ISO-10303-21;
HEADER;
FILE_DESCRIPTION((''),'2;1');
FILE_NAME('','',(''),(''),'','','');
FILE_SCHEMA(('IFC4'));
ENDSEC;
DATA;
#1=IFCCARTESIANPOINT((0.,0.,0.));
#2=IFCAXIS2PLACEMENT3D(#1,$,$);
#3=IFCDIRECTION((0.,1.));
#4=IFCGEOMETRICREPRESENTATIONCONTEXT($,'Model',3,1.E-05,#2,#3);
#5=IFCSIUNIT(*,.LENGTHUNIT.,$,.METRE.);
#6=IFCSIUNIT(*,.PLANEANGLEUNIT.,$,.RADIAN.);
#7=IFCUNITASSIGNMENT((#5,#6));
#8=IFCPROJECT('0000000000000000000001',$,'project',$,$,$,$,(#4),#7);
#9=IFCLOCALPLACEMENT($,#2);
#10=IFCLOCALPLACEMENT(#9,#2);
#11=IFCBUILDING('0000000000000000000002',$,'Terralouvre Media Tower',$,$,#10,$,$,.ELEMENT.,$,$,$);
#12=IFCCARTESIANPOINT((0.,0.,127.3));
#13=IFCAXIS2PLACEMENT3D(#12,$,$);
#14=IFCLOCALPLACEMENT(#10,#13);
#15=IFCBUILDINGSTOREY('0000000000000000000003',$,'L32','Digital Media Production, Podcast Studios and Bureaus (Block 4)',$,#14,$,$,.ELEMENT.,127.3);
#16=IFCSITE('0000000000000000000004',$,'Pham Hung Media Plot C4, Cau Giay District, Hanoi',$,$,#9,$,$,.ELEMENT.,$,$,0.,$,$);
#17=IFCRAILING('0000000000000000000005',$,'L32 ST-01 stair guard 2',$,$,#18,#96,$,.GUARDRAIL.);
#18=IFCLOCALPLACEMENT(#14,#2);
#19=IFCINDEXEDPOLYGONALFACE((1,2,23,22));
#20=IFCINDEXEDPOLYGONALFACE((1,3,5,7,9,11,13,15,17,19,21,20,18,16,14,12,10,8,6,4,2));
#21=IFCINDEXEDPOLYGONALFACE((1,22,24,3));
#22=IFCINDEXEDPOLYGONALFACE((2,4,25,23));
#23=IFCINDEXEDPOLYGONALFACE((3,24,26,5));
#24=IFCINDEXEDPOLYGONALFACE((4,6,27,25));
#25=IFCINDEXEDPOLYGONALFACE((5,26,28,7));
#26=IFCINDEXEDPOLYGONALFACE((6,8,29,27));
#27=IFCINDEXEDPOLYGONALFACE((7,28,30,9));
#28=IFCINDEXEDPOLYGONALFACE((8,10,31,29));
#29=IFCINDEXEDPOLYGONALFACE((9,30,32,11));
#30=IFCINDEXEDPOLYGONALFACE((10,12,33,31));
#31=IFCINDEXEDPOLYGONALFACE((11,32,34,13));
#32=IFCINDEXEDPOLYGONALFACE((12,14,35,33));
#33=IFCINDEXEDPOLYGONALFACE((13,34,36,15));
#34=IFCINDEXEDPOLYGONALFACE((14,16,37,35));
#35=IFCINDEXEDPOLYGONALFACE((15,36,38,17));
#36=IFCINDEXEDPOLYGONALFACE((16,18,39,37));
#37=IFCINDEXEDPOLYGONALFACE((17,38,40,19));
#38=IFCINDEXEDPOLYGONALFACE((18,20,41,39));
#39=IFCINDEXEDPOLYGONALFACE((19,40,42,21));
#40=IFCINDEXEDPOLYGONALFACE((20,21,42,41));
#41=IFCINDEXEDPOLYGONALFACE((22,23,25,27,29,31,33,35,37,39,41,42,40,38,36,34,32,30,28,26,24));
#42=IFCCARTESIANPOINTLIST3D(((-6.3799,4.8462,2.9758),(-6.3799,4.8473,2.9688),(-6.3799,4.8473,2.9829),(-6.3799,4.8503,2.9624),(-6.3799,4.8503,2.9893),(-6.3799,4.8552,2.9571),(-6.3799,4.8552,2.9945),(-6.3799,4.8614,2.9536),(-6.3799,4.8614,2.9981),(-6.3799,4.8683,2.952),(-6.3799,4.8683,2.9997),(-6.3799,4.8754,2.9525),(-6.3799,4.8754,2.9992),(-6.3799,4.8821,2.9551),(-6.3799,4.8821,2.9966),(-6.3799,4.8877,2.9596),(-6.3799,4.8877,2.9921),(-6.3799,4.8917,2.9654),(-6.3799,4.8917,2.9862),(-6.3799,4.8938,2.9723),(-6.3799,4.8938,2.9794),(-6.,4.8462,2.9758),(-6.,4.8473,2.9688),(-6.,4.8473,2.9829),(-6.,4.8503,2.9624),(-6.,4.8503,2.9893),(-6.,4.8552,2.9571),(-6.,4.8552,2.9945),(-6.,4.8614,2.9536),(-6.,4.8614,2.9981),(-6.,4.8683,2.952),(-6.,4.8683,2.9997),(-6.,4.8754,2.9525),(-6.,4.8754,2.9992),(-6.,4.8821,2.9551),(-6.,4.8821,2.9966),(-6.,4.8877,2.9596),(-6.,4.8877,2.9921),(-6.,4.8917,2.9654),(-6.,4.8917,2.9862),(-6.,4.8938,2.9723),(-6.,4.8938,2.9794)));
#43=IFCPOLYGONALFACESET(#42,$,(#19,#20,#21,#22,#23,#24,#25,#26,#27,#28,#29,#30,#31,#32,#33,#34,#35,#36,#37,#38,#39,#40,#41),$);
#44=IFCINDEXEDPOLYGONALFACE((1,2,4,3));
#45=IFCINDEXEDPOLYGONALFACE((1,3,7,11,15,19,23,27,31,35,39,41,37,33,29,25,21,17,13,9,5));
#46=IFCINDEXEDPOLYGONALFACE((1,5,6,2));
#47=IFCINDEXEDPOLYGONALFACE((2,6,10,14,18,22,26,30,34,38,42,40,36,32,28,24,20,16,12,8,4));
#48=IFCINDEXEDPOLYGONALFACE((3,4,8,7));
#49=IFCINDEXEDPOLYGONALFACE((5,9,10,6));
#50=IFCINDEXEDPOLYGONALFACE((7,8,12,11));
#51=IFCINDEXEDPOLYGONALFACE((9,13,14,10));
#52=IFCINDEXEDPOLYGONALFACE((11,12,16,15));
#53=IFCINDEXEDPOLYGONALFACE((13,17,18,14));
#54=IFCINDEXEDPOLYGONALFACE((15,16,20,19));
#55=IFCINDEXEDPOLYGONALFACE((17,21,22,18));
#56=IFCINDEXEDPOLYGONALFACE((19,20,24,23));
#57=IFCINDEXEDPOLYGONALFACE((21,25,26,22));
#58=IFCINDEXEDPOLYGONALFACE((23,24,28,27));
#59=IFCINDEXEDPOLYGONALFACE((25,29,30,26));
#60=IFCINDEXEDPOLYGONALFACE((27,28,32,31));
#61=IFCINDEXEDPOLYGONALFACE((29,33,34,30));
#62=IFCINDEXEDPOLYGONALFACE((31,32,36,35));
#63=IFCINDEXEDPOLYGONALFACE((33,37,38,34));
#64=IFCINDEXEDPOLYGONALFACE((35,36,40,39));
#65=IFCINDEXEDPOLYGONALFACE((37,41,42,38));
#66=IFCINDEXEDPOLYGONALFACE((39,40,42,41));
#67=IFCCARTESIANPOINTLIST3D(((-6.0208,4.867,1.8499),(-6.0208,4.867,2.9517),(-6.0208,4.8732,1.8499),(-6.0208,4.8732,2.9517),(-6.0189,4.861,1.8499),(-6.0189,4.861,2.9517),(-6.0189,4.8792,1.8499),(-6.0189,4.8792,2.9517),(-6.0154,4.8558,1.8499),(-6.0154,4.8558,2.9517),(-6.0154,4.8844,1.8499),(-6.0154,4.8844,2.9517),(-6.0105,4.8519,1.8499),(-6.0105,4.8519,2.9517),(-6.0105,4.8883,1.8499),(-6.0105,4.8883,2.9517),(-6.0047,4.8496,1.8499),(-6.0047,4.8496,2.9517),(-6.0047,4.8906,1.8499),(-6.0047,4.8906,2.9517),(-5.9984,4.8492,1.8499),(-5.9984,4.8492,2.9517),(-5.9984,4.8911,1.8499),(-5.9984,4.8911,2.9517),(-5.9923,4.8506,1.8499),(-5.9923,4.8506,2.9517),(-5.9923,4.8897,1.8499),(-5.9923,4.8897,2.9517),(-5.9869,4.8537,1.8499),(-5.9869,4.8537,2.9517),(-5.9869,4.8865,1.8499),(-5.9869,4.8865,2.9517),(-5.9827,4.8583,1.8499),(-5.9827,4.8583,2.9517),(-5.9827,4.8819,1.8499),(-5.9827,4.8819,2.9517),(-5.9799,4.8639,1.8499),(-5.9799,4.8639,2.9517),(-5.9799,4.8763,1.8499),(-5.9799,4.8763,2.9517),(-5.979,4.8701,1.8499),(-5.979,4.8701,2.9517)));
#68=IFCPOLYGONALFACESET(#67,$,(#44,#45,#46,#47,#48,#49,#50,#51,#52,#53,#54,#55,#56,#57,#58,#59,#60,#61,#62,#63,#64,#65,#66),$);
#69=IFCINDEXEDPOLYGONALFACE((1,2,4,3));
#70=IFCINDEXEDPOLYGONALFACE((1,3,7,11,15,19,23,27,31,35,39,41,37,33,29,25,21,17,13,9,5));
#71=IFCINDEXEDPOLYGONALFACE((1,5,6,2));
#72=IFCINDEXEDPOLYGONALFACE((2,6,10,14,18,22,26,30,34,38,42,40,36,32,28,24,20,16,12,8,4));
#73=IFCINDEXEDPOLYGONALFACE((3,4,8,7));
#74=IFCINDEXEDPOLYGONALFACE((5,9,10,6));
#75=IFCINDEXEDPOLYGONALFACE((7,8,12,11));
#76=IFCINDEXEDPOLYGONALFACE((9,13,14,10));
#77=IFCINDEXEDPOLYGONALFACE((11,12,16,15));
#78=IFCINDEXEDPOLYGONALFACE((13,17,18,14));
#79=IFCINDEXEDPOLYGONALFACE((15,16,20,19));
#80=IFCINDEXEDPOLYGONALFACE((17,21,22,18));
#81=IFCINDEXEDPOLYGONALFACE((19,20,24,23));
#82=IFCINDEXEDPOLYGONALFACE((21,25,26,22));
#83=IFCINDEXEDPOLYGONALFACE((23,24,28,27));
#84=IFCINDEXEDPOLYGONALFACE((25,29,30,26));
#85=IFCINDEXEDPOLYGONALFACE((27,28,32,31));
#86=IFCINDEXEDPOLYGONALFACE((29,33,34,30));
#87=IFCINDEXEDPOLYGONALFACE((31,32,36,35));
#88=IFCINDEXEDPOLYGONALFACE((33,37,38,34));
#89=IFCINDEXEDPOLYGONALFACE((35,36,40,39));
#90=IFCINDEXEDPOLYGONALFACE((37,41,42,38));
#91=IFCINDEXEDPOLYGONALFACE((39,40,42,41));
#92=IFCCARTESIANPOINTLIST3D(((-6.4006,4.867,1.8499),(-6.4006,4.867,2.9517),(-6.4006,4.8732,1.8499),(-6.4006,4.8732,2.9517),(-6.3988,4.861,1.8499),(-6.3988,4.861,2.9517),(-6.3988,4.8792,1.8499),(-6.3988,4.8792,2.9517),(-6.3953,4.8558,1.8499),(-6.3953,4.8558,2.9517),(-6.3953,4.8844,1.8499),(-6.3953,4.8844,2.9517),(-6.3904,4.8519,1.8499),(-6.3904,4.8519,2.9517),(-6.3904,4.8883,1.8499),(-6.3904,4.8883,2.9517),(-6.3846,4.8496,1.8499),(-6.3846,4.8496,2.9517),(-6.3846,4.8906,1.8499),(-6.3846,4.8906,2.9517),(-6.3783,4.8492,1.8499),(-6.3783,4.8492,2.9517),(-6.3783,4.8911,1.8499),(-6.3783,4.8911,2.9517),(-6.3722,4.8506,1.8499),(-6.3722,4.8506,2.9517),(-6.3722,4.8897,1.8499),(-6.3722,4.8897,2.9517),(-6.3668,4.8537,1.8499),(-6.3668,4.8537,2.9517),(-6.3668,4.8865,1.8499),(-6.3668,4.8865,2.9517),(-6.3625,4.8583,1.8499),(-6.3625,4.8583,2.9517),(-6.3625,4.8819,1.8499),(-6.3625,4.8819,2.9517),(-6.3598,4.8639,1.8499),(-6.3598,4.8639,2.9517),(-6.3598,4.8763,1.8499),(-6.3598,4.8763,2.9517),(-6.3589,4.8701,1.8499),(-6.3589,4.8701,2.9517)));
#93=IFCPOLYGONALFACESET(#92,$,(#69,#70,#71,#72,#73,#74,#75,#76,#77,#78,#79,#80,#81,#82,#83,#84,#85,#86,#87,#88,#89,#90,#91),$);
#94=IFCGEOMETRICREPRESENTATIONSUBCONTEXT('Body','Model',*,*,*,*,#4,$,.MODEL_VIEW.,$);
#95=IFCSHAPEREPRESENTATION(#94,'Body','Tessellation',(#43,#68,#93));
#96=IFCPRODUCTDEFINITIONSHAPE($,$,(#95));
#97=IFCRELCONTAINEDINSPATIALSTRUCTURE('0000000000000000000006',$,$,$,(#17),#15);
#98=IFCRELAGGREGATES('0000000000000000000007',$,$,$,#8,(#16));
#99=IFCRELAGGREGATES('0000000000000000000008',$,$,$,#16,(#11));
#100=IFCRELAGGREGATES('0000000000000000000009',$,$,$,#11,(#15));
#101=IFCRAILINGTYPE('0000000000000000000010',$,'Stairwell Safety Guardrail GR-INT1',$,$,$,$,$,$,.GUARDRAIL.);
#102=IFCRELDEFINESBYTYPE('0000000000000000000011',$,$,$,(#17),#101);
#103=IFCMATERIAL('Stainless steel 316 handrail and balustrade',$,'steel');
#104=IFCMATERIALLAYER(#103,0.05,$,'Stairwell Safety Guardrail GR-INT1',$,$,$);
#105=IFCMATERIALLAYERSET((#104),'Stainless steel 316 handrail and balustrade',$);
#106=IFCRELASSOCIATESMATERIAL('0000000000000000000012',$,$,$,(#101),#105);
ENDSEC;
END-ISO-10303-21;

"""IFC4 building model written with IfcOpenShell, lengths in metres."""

from ifc_helpers import new_model, si_unit, direction, frame, origin, origin_2d, place, context, subcontext, project, spatial, circle, extrude, material, layer, layer_set, type_object, element, save


model = new_model("IFC4")

# Units and contexts
model_context = context("Model", 3, precision=1e-05, world=origin(), true_north=direction((0.0, 1.0)))
body_context = subcontext(model_context, "Body", "Model", "MODEL_VIEW")
ifc_project = project(units=[si_unit("LENGTHUNIT", "METRE"), si_unit("PLANEANGLEUNIT", "RADIAN")], contexts=[model_context])

# Site, building, storey
site_placement = place(None, origin())
site = spatial("IfcSite", under=ifc_project, at=site_placement, Name="Pham Hung Media Plot C4, Cau Giay District, Hanoi", CompositionType="ELEMENT", RefElevation=0.0)
building_placement = place(site_placement, origin())
building = spatial("IfcBuilding", under=site, at=building_placement, Name="Terralouvre Media Tower", CompositionType="ELEMENT")
storey_placement = place(building_placement, frame((0.0, 0.0, 127.3)))
storey = spatial("IfcBuildingStorey", under=building, at=storey_placement, Name="L32", Description="Digital Media Production, Podcast Studios and Bureaus (Block 4)", CompositionType="ELEMENT", Elevation=127.3)

# Railing
ifc_material_1 = material(Name="Stainless steel 316 handrail and balustrade", Category="steel")
ifc_layer_1 = layer(ifc_material_1, 0.05, Name="Stairwell Safety Guardrail GR-INT1")
ifc_layer_set_1 = layer_set([ifc_layer_1], Name="Stainless steel 316 handrail and balustrade")
railing_type_1 = type_object("IfcRailingType", Name="Stairwell Safety Guardrail GR-INT1", PredefinedType="GUARDRAIL", material=ifc_layer_set_1)
railing_1_placement = place(storey_placement, frame((-6.0, 4.8701, 1.8499)))
element("IfcRailing", 1, at=railing_1_placement, inside=storey, type_object=railing_type_1, Name="L32 ST-01 stair guard 2", PredefinedType="GUARDRAIL", context=body_context, shape_type="SweptSolid", body=[
    extrude(circle(Radius=0.0239, at=origin_2d()), frame((0.0, 0.0, 1.126), z_axis=(-1.0, 0.0, 0.0), x_axis=(0.0, -1.0, 0.0)), (0.0, 0.0, 1.0), 0.3799),
    extrude(circle(Radius=0.021, at=origin_2d()), origin(), (0.0, 0.0, 1.0), 1.1018),
    extrude(circle(Radius=0.021, at=origin_2d()), frame((-0.3799, 0.0, 0.0)), (0.0, 0.0, 1.0), 1.1018),
])

save(model, "model.ifc")
